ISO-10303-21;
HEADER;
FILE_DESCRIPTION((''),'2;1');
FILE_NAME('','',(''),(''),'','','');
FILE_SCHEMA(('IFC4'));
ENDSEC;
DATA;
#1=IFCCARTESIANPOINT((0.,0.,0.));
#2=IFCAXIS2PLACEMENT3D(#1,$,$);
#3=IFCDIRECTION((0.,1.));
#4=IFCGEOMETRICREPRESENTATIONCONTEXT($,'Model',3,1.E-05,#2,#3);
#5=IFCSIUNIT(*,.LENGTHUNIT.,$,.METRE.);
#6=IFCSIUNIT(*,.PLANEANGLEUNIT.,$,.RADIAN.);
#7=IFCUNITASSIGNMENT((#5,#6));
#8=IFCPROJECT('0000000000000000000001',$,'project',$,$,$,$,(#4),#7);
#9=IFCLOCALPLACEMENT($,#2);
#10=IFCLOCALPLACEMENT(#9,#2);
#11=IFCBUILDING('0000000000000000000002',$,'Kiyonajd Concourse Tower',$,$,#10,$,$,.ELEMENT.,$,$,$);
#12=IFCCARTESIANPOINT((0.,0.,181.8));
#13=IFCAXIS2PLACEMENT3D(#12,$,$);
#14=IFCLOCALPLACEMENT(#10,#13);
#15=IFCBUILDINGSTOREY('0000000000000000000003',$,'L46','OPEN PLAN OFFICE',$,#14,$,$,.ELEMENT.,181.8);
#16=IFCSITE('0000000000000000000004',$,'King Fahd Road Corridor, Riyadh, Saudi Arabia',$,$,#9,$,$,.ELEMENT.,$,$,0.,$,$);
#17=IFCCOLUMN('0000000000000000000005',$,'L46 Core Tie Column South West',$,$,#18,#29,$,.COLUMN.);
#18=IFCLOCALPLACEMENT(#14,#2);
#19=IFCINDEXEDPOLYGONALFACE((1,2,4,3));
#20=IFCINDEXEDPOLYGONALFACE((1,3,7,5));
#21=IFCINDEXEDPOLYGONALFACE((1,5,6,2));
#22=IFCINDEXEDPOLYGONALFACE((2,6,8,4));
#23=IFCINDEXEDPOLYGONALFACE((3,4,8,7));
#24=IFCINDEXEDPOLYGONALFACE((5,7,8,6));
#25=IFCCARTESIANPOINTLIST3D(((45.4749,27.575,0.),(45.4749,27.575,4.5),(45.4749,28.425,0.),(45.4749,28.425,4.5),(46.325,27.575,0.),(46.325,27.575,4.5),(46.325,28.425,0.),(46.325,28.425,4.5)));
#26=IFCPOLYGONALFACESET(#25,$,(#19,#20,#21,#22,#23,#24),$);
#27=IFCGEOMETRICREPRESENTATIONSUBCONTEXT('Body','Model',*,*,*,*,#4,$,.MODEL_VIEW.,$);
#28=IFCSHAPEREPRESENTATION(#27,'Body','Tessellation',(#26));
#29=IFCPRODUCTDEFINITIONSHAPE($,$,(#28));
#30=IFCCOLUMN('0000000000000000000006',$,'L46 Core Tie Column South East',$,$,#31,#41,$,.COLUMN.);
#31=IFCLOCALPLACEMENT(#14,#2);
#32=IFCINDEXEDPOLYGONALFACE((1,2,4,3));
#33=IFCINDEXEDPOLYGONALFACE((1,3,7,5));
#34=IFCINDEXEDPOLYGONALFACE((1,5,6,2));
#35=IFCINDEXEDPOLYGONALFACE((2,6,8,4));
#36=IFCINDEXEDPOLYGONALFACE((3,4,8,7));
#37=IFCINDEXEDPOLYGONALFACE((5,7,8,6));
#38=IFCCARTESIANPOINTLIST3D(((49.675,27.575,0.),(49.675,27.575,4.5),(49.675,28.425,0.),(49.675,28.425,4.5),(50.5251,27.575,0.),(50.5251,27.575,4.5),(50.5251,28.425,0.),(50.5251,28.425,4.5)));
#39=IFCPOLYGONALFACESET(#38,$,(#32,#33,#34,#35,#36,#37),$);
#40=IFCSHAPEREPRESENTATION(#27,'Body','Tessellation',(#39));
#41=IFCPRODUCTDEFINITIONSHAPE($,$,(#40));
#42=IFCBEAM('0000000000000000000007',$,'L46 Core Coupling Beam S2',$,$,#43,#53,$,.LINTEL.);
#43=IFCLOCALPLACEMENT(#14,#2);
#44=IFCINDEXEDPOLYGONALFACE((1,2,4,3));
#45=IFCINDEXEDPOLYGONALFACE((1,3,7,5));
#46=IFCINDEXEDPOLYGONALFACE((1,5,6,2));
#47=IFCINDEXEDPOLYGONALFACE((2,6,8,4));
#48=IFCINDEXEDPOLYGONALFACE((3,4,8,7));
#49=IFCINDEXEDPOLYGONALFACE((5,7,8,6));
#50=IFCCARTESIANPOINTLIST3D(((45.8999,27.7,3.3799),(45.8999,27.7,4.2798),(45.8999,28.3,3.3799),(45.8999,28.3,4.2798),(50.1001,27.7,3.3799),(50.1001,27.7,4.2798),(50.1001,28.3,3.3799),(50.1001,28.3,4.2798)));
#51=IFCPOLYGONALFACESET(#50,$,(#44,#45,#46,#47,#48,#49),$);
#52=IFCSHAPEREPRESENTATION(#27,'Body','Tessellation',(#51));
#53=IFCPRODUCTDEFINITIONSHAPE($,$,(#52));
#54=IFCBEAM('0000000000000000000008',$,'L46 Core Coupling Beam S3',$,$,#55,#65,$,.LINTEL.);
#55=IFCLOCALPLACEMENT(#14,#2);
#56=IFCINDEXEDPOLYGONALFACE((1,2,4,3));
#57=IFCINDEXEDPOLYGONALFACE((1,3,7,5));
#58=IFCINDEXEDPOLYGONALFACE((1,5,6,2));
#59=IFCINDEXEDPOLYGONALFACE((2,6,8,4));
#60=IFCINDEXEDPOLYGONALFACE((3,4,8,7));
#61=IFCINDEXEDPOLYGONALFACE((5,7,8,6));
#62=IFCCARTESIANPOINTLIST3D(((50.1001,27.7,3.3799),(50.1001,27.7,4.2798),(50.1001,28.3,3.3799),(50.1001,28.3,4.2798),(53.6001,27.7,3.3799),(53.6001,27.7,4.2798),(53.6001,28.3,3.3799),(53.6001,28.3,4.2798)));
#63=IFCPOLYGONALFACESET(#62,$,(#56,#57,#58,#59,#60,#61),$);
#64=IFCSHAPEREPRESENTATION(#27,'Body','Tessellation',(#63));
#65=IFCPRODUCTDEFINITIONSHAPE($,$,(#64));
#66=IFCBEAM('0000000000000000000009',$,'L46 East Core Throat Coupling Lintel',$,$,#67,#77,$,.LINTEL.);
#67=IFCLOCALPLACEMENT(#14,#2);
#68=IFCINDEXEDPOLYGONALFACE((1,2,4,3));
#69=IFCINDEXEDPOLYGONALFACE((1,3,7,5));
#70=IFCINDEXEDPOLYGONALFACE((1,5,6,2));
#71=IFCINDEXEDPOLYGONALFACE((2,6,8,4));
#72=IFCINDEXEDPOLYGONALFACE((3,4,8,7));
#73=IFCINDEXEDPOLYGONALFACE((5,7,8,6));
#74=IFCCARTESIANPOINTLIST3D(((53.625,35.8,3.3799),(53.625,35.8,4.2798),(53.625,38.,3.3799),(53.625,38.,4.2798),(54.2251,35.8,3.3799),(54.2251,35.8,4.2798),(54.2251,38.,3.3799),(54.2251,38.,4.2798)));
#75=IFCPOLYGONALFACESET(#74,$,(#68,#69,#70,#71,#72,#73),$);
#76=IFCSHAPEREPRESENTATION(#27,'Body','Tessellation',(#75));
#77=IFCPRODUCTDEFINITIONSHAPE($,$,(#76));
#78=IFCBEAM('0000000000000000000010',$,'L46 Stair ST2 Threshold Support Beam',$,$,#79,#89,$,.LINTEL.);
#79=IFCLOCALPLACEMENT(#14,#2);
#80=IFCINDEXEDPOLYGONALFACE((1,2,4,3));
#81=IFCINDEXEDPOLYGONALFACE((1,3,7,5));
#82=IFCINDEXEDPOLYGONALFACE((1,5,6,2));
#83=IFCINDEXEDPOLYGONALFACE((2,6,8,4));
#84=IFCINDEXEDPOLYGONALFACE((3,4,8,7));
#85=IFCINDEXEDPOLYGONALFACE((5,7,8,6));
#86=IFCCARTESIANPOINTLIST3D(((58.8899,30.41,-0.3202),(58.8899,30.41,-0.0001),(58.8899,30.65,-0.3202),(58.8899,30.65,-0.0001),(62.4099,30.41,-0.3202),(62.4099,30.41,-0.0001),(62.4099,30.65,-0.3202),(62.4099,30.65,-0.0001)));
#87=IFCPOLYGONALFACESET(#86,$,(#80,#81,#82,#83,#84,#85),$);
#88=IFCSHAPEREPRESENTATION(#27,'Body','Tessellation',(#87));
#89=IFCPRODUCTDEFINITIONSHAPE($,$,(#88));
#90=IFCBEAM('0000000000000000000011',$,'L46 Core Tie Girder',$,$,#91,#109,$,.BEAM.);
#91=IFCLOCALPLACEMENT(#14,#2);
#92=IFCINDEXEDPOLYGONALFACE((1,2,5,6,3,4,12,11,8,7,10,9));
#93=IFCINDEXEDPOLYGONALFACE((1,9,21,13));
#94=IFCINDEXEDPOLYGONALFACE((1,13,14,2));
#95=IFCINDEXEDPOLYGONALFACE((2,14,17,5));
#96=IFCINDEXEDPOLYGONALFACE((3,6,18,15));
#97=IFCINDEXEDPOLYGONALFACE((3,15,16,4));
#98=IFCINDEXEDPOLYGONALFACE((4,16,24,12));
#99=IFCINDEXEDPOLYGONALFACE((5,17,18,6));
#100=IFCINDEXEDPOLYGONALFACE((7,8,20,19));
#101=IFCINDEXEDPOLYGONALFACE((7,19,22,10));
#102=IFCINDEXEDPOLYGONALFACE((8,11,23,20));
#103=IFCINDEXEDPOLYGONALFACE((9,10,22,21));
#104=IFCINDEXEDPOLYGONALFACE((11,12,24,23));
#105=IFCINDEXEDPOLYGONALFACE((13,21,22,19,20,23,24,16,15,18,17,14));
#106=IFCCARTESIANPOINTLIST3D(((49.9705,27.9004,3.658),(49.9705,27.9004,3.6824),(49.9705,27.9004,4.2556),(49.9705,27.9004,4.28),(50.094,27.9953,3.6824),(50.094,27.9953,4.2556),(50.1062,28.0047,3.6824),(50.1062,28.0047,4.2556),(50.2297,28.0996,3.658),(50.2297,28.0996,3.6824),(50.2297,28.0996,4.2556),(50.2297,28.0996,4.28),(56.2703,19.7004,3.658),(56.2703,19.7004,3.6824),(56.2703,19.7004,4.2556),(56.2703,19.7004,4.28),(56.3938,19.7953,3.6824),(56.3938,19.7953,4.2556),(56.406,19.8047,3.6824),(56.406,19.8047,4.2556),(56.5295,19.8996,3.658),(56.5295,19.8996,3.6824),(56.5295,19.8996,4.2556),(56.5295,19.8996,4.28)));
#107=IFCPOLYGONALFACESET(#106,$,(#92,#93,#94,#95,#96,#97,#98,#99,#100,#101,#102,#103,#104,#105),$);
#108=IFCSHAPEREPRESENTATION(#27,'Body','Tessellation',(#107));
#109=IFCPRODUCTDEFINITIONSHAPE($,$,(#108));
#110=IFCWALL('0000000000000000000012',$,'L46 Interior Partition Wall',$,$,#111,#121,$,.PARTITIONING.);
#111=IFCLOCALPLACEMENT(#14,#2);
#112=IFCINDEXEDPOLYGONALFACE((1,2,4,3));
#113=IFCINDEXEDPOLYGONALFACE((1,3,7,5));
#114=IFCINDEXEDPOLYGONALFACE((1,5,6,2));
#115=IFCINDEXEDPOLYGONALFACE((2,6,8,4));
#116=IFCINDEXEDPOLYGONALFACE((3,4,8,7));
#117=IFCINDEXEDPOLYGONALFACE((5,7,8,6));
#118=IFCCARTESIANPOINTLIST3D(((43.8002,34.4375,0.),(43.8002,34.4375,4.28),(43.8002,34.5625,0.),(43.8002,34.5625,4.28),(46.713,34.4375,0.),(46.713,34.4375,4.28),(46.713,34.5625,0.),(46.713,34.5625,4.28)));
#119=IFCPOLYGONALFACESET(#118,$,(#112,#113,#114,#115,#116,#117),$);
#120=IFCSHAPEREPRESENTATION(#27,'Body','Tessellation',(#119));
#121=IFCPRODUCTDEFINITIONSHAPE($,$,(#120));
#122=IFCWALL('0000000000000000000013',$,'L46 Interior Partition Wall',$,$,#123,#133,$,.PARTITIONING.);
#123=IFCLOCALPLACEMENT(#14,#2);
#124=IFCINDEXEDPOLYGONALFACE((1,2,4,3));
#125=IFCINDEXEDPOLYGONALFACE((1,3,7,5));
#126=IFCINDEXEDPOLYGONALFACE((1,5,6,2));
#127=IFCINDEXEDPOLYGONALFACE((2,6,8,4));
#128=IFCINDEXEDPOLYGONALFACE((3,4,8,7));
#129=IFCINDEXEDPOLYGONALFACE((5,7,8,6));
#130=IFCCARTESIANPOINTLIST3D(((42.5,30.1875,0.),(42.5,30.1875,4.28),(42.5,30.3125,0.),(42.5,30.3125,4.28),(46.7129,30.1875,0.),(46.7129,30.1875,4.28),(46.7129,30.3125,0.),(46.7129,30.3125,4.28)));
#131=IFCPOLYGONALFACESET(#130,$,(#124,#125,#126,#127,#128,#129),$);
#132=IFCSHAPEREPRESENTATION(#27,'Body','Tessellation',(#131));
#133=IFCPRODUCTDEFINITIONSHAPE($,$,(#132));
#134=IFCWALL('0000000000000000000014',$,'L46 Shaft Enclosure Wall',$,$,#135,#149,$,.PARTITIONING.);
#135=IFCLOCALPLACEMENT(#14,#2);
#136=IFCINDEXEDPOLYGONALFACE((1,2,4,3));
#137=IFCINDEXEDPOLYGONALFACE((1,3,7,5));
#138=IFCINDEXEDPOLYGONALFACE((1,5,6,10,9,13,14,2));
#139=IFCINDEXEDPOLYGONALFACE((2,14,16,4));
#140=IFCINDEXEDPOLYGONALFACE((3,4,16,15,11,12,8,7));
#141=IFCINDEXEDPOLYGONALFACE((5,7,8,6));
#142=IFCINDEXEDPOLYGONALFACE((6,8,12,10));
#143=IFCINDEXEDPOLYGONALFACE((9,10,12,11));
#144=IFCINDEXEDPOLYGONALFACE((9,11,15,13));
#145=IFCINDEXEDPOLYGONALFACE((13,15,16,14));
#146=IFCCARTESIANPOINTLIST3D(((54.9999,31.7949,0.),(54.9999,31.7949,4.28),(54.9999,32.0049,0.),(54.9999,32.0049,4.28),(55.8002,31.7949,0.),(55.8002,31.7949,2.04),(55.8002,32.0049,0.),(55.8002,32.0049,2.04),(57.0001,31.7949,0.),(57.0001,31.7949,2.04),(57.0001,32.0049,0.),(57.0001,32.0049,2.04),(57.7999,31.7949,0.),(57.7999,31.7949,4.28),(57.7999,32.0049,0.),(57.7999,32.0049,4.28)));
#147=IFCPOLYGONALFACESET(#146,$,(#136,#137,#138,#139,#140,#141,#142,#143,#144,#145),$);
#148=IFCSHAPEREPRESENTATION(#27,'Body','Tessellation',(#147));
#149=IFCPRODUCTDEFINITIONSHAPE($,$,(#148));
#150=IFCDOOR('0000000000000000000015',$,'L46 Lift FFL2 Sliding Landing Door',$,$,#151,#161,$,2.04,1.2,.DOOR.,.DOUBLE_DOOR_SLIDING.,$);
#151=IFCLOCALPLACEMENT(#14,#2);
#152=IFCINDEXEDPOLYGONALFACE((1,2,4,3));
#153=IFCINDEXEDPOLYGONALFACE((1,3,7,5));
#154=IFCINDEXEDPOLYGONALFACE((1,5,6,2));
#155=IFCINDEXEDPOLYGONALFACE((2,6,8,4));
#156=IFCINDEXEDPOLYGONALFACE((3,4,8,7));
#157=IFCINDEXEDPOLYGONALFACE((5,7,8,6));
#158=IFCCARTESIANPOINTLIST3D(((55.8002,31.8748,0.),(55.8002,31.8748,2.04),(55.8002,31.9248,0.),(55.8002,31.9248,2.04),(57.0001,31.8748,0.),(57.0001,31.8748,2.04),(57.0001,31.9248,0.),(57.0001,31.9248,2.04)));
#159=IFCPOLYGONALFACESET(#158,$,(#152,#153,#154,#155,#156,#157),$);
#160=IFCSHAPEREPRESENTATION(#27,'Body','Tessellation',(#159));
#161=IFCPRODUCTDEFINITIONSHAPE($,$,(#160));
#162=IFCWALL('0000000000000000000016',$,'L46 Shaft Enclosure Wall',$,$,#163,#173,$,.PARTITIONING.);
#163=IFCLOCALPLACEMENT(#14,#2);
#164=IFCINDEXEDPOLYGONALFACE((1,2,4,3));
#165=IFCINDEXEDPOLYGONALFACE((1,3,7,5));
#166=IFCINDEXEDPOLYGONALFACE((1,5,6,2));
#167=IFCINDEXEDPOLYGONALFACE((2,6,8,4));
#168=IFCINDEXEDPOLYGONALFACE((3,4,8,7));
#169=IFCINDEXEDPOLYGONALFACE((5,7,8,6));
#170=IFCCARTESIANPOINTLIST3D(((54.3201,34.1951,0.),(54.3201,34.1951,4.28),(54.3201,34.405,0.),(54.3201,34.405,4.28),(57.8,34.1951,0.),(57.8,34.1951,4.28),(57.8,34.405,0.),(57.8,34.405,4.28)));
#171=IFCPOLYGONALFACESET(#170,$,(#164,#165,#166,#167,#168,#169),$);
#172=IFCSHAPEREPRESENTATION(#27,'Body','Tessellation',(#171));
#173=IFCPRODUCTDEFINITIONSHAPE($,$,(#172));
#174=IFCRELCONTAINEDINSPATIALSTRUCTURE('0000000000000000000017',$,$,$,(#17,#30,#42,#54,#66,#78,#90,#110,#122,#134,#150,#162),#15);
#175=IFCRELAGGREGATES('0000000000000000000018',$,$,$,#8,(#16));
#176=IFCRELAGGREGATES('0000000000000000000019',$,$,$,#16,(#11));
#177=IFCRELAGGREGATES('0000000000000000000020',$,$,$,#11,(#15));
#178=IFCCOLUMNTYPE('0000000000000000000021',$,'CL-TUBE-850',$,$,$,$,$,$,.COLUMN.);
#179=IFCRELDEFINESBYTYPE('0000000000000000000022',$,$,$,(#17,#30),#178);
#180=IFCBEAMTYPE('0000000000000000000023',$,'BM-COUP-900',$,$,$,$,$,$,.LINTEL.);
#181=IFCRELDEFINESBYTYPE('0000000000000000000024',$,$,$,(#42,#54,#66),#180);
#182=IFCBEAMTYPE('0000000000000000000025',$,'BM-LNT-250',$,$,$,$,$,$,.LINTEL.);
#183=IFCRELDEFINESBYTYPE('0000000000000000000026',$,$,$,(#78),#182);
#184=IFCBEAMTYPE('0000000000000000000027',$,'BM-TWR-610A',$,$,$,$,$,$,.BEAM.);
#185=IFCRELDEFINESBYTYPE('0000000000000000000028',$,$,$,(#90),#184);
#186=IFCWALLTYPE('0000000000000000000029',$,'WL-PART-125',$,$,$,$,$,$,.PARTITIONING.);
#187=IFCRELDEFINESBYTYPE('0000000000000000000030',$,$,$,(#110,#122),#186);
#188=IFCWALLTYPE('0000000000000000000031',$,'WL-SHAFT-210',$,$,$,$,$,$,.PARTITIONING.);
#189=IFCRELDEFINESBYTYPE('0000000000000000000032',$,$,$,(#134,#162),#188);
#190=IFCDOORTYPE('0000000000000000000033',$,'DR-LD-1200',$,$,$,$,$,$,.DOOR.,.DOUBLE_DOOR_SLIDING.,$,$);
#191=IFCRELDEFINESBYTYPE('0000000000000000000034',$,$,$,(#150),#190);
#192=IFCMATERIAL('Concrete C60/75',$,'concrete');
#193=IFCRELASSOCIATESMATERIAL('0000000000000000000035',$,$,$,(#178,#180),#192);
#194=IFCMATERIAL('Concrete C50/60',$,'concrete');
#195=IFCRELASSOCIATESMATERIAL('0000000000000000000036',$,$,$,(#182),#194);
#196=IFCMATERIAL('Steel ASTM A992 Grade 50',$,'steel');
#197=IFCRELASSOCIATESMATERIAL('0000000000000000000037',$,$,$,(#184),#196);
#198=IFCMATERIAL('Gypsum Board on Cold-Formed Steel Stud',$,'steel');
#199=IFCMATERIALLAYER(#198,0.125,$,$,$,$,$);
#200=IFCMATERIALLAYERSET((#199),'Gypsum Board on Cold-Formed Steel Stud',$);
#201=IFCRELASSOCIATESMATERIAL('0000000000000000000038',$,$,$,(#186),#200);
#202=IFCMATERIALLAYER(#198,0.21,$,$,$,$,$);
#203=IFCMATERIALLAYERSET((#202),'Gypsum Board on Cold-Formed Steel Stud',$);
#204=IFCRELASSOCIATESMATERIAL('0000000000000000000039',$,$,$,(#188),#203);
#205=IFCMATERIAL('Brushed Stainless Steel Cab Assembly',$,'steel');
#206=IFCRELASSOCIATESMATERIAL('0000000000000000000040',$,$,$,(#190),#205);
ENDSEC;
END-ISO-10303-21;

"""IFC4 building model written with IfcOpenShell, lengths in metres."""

from ifc_helpers import new_model, si_unit, direction, frame, frame_2d, origin, origin_2d, place, context, subcontext, project, spatial, rectangle, i_section, extrude, material, layer, layer_set, material_profile, profile_set, type_object, element, fill, save


model = new_model("IFC4")

# Units and contexts
model_context = context("Model", 3, precision=1e-05, world=origin(), true_north=direction((0.0, 1.0)))
body_context = subcontext(model_context, "Body", "Model", "MODEL_VIEW")
ifc_project = project(units=[si_unit("LENGTHUNIT", "METRE"), si_unit("PLANEANGLEUNIT", "RADIAN")], contexts=[model_context])

# Site, building, storey
site_placement = place(None, origin())
site = spatial("IfcSite", under=ifc_project, at=site_placement, Name="King Fahd Road Corridor, Riyadh, Saudi Arabia", CompositionType="ELEMENT", RefElevation=0.0)
building_placement = place(site_placement, origin())
building = spatial("IfcBuilding", under=site, at=building_placement, Name="Kiyonajd Concourse Tower", CompositionType="ELEMENT")
storey_placement = place(building_placement, frame((0.0, 0.0, 181.8)))
storey = spatial("IfcBuildingStorey", under=building, at=storey_placement, Name="L46", Description="OPEN PLAN OFFICE", CompositionType="ELEMENT", Elevation=181.8)

# Columns
ifc_material_1 = material(Name="Concrete C60/75", Category="concrete")
ifc_material_profile_1 = material_profile(ifc_material_1, rectangle(XDim=0.8501, YDim=0.8501, at=origin_2d()), Name="RC-850x850")
ifc_profile_set_1 = profile_set([ifc_material_profile_1], Name="Concrete C60/75")
column_type = type_object("IfcColumnType", Name="CL-TUBE-850", PredefinedType="COLUMN", material=ifc_profile_set_1)
for number, where, z_axis, x_axis, name in (
    (1, (45.8999, 28.0, 0.0), (0.0, 0.0, 1.0), (1.0, 0.0, 0.0), "L46 Core Tie Column South West"),
    (2, (50.1001, 28.0, 0.0), (0.0, 0.0, 1.0), (1.0, 0.0, 0.0), "L46 Core Tie Column South East"),
):
    element("IfcColumn", number, at=place(storey_placement, frame(where, z_axis=z_axis, x_axis=x_axis)), inside=storey, type_object=column_type, Name=name, PredefinedType="COLUMN", context=body_context, shape_type="SweptSolid", body=[
        extrude(rectangle(XDim=0.8501, YDim=0.8501, at=origin_2d()), origin(), (0.0, 0.0, 1.0), 4.5),
    ])

# Beams
ifc_material_profile_2 = material_profile(ifc_material_1, rectangle(XDim=0.6001, YDim=0.8999, at=origin_2d()), Name="RCBM-600x900")
ifc_profile_set_2 = profile_set([ifc_material_profile_2], Name="Concrete C60/75")
beam_type_1 = type_object("IfcBeamType", Name="BM-COUP-900", PredefinedType="LINTEL", material=ifc_profile_set_2)
beam_1_placement = place(storey_placement, frame((45.8999, 28.0, 3.8298), z_axis=(1.0, 0.0, 0.0), x_axis=(0.0, 1.0, 0.0)))
element("IfcBeam", 3, at=beam_1_placement, inside=storey, type_object=beam_type_1, Name="L46 Core Coupling Beam S2", PredefinedType="LINTEL", context=body_context, shape_type="SweptSolid", body=[
    extrude(rectangle(XDim=0.6001, YDim=0.8999, at=origin_2d()), origin(), (0.0, 0.0, 1.0), 4.2002),
])
beam_2_placement = place(storey_placement, frame((50.1001, 28.0, 3.8298), z_axis=(1.0, 0.0, 0.0), x_axis=(0.0, 1.0, 0.0)))
element("IfcBeam", 4, at=beam_2_placement, inside=storey, type_object=beam_type_1, Name="L46 Core Coupling Beam S3", PredefinedType="LINTEL", context=body_context, shape_type="SweptSolid", body=[
    extrude(rectangle(XDim=0.6001, YDim=0.8999, at=origin_2d()), origin(), (0.0, 0.0, 1.0), 3.5),
])
beam_3_placement = place(storey_placement, frame((53.925, 35.8, 3.8298), z_axis=(0.0, 1.0, 0.0), x_axis=(-1.0, 0.0, 0.0)))
element("IfcBeam", 5, at=beam_3_placement, inside=storey, type_object=beam_type_1, Name="L46 East Core Throat Coupling Lintel", PredefinedType="LINTEL", context=body_context, shape_type="SweptSolid", body=[
    extrude(rectangle(XDim=0.6001, YDim=0.8999, at=origin_2d()), origin(), (0.0, 0.0, 1.0), 2.2),
])
ifc_material_2 = material(Name="Concrete C50/60", Category="concrete")
ifc_material_profile_3 = material_profile(ifc_material_2, rectangle(XDim=0.24, YDim=0.3201, at=origin_2d()), Name="RCBM-240x320")
ifc_profile_set_3 = profile_set([ifc_material_profile_3], Name="Concrete C50/60")
beam_type_2 = type_object("IfcBeamType", Name="BM-LNT-250", PredefinedType="LINTEL", material=ifc_profile_set_3)
beam_4_placement = place(storey_placement, frame((58.8899, 30.53, -0.1602), z_axis=(1.0, 0.0, 0.0), x_axis=(0.0, 1.0, 0.0)))
element("IfcBeam", 6, at=beam_4_placement, inside=storey, type_object=beam_type_2, Name="L46 Stair ST2 Threshold Support Beam", PredefinedType="LINTEL", context=body_context, shape_type="SweptSolid", body=[
    extrude(rectangle(XDim=0.24, YDim=0.3201, at=origin_2d()), origin(), (0.0, 0.0, 1.0), 3.52),
])
ifc_material_3 = material(Name="Steel ASTM A992 Grade 50", Category="steel")
ifc_material_profile_4 = material_profile(ifc_material_3, i_section(OverallWidth=0.3269, OverallDepth=0.6221, WebThickness=0.0154, FlangeThickness=0.0244, at=origin_2d()), Name="W610X195")
ifc_profile_set_4 = profile_set([ifc_material_profile_4], Name="Steel ASTM A992 Grade 50")
beam_type_3 = type_object("IfcBeamType", Name="BM-TWR-610A", PredefinedType="BEAM", material=ifc_profile_set_4)
beam_5_placement = place(storey_placement, frame((50.1001, 28.0, 3.969), z_axis=(0.609234, -0.792991, 0.0), x_axis=(0.792991, 0.609234, 0.0)))
element("IfcBeam", 7, at=beam_5_placement, inside=storey, type_object=beam_type_3, Name="L46 Core Tie Girder", PredefinedType="BEAM", context=body_context, shape_type="SweptSolid", body=[
    extrude(i_section(OverallWidth=0.3269, OverallDepth=0.6221, WebThickness=0.0154, FlangeThickness=0.0244, at=origin_2d()), origin(), (0.0, 0.0, 1.0), 10.3406),
])

# Walls
ifc_material_4 = material(Name="Gypsum Board on Cold-Formed Steel Stud", Category="steel")
ifc_layer_1 = layer(ifc_material_4, 0.125)
ifc_layer_set_1 = layer_set([ifc_layer_1], Name="Gypsum Board on Cold-Formed Steel Stud")
wall_type_1 = type_object("IfcWallType", Name="WL-PART-125", PredefinedType="PARTITIONING", material=ifc_layer_set_1)
wall_1_placement = place(storey_placement, frame((43.8, 34.5, 0.0), z_axis=(0.0, 0.0, 1.0), x_axis=(1.0, 0.0, 0.0)))
element("IfcWall", 8, at=wall_1_placement, inside=storey, type_object=wall_type_1, Name="L46 Interior Partition Wall", PredefinedType="PARTITIONING", context=body_context, shape_type="SweptSolid", body=[
    extrude(rectangle(XDim=2.9128, YDim=0.125, at=frame_2d((1.4565, 0.0))), origin(), (0.0, 0.0, 1.0), 4.28),
])
wall_2_placement = place(storey_placement, frame((42.5, 30.25, 0.0), z_axis=(0.0, 0.0, 1.0), x_axis=(1.0, 0.0, 0.0)))
element("IfcWall", 9, at=wall_2_placement, inside=storey, type_object=wall_type_1, Name="L46 Interior Partition Wall", PredefinedType="PARTITIONING", context=body_context, shape_type="SweptSolid", body=[
    extrude(rectangle(XDim=4.2129, YDim=0.125, at=frame_2d((2.1064, 0.0))), origin(), (0.0, 0.0, 1.0), 4.28),
])

# Wall, opening, door
ifc_layer_2 = layer(ifc_material_4, 0.21)
ifc_layer_set_2 = layer_set([ifc_layer_2], Name="Gypsum Board on Cold-Formed Steel Stud")
wall_type_2 = type_object("IfcWallType", Name="WL-SHAFT-210", PredefinedType="PARTITIONING", material=ifc_layer_set_2)
wall_3_placement = place(storey_placement, frame((55.0, 31.8999, 0.0), z_axis=(0.0, 0.0, 1.0), x_axis=(1.0, 0.0, 0.0)))
wall_3 = element("IfcWall", 10, at=wall_3_placement, inside=storey, type_object=wall_type_2, Name="L46 Shaft Enclosure Wall", PredefinedType="PARTITIONING", context=body_context, shape_type="SweptSolid", body=[
    extrude(rectangle(XDim=2.8, YDim=0.21, at=frame_2d((1.3999, 0.0))), origin(), (0.0, 0.0, 1.0), 4.28),
])
opening_1_placement = place(wall_3_placement, frame((0.8, 0.0, 0.0)))
opening_1 = element("IfcOpeningElement", 11, at=opening_1_placement, cuts=wall_3, PredefinedType="OPENING", context=body_context, shape_type="SweptSolid", body=[
    extrude(rectangle(XDim=1.2, YDim=2.04, at=frame_2d((0.6001, 1.02))), frame((0.0, 0.115, 0.0), z_axis=(0.0, -1.0, 0.0), x_axis=(1.0, 0.0, 0.0)), (0.0, 0.0, 1.0), 0.23),
])
ifc_material_5 = material(Name="Brushed Stainless Steel Cab Assembly", Category="steel")
door_type_1 = type_object("IfcDoorType", Name="DR-LD-1200", OperationType="DOUBLE_DOOR_SLIDING", PredefinedType="DOOR", material=ifc_material_5)
door_1_placement = place(opening_1_placement, origin())
door_1 = element("IfcDoor", 12, at=door_1_placement, inside=storey, type_object=door_type_1, Name="L46 Lift FFL2 Sliding Landing Door", OperationType="DOUBLE_DOOR_SLIDING", OverallHeight=2.04, OverallWidth=1.2, PredefinedType="DOOR", context=body_context, shape_type="SweptSolid", body=[
    extrude(rectangle(XDim=1.2, YDim=2.04, at=frame_2d((0.6001, 1.02))), frame((0.0, 0.0249, 0.0), z_axis=(0.0, -1.0, 0.0), x_axis=(1.0, 0.0, 0.0)), (0.0, 0.0, 1.0), 0.05),
])
fill(opening_1, door_1)

# Wall
wall_4_placement = place(storey_placement, frame((54.3201, 34.3, 0.0), z_axis=(0.0, 0.0, 1.0), x_axis=(1.0, 0.0, 0.0)))
element("IfcWall", 13, at=wall_4_placement, inside=storey, type_object=wall_type_2, Name="L46 Shaft Enclosure Wall", PredefinedType="PARTITIONING", context=body_context, shape_type="SweptSolid", body=[
    extrude(rectangle(XDim=3.48, YDim=0.21, at=frame_2d((1.74, 0.0))), origin(), (0.0, 0.0, 1.0), 4.28),
])

save(model, "model.ifc")
